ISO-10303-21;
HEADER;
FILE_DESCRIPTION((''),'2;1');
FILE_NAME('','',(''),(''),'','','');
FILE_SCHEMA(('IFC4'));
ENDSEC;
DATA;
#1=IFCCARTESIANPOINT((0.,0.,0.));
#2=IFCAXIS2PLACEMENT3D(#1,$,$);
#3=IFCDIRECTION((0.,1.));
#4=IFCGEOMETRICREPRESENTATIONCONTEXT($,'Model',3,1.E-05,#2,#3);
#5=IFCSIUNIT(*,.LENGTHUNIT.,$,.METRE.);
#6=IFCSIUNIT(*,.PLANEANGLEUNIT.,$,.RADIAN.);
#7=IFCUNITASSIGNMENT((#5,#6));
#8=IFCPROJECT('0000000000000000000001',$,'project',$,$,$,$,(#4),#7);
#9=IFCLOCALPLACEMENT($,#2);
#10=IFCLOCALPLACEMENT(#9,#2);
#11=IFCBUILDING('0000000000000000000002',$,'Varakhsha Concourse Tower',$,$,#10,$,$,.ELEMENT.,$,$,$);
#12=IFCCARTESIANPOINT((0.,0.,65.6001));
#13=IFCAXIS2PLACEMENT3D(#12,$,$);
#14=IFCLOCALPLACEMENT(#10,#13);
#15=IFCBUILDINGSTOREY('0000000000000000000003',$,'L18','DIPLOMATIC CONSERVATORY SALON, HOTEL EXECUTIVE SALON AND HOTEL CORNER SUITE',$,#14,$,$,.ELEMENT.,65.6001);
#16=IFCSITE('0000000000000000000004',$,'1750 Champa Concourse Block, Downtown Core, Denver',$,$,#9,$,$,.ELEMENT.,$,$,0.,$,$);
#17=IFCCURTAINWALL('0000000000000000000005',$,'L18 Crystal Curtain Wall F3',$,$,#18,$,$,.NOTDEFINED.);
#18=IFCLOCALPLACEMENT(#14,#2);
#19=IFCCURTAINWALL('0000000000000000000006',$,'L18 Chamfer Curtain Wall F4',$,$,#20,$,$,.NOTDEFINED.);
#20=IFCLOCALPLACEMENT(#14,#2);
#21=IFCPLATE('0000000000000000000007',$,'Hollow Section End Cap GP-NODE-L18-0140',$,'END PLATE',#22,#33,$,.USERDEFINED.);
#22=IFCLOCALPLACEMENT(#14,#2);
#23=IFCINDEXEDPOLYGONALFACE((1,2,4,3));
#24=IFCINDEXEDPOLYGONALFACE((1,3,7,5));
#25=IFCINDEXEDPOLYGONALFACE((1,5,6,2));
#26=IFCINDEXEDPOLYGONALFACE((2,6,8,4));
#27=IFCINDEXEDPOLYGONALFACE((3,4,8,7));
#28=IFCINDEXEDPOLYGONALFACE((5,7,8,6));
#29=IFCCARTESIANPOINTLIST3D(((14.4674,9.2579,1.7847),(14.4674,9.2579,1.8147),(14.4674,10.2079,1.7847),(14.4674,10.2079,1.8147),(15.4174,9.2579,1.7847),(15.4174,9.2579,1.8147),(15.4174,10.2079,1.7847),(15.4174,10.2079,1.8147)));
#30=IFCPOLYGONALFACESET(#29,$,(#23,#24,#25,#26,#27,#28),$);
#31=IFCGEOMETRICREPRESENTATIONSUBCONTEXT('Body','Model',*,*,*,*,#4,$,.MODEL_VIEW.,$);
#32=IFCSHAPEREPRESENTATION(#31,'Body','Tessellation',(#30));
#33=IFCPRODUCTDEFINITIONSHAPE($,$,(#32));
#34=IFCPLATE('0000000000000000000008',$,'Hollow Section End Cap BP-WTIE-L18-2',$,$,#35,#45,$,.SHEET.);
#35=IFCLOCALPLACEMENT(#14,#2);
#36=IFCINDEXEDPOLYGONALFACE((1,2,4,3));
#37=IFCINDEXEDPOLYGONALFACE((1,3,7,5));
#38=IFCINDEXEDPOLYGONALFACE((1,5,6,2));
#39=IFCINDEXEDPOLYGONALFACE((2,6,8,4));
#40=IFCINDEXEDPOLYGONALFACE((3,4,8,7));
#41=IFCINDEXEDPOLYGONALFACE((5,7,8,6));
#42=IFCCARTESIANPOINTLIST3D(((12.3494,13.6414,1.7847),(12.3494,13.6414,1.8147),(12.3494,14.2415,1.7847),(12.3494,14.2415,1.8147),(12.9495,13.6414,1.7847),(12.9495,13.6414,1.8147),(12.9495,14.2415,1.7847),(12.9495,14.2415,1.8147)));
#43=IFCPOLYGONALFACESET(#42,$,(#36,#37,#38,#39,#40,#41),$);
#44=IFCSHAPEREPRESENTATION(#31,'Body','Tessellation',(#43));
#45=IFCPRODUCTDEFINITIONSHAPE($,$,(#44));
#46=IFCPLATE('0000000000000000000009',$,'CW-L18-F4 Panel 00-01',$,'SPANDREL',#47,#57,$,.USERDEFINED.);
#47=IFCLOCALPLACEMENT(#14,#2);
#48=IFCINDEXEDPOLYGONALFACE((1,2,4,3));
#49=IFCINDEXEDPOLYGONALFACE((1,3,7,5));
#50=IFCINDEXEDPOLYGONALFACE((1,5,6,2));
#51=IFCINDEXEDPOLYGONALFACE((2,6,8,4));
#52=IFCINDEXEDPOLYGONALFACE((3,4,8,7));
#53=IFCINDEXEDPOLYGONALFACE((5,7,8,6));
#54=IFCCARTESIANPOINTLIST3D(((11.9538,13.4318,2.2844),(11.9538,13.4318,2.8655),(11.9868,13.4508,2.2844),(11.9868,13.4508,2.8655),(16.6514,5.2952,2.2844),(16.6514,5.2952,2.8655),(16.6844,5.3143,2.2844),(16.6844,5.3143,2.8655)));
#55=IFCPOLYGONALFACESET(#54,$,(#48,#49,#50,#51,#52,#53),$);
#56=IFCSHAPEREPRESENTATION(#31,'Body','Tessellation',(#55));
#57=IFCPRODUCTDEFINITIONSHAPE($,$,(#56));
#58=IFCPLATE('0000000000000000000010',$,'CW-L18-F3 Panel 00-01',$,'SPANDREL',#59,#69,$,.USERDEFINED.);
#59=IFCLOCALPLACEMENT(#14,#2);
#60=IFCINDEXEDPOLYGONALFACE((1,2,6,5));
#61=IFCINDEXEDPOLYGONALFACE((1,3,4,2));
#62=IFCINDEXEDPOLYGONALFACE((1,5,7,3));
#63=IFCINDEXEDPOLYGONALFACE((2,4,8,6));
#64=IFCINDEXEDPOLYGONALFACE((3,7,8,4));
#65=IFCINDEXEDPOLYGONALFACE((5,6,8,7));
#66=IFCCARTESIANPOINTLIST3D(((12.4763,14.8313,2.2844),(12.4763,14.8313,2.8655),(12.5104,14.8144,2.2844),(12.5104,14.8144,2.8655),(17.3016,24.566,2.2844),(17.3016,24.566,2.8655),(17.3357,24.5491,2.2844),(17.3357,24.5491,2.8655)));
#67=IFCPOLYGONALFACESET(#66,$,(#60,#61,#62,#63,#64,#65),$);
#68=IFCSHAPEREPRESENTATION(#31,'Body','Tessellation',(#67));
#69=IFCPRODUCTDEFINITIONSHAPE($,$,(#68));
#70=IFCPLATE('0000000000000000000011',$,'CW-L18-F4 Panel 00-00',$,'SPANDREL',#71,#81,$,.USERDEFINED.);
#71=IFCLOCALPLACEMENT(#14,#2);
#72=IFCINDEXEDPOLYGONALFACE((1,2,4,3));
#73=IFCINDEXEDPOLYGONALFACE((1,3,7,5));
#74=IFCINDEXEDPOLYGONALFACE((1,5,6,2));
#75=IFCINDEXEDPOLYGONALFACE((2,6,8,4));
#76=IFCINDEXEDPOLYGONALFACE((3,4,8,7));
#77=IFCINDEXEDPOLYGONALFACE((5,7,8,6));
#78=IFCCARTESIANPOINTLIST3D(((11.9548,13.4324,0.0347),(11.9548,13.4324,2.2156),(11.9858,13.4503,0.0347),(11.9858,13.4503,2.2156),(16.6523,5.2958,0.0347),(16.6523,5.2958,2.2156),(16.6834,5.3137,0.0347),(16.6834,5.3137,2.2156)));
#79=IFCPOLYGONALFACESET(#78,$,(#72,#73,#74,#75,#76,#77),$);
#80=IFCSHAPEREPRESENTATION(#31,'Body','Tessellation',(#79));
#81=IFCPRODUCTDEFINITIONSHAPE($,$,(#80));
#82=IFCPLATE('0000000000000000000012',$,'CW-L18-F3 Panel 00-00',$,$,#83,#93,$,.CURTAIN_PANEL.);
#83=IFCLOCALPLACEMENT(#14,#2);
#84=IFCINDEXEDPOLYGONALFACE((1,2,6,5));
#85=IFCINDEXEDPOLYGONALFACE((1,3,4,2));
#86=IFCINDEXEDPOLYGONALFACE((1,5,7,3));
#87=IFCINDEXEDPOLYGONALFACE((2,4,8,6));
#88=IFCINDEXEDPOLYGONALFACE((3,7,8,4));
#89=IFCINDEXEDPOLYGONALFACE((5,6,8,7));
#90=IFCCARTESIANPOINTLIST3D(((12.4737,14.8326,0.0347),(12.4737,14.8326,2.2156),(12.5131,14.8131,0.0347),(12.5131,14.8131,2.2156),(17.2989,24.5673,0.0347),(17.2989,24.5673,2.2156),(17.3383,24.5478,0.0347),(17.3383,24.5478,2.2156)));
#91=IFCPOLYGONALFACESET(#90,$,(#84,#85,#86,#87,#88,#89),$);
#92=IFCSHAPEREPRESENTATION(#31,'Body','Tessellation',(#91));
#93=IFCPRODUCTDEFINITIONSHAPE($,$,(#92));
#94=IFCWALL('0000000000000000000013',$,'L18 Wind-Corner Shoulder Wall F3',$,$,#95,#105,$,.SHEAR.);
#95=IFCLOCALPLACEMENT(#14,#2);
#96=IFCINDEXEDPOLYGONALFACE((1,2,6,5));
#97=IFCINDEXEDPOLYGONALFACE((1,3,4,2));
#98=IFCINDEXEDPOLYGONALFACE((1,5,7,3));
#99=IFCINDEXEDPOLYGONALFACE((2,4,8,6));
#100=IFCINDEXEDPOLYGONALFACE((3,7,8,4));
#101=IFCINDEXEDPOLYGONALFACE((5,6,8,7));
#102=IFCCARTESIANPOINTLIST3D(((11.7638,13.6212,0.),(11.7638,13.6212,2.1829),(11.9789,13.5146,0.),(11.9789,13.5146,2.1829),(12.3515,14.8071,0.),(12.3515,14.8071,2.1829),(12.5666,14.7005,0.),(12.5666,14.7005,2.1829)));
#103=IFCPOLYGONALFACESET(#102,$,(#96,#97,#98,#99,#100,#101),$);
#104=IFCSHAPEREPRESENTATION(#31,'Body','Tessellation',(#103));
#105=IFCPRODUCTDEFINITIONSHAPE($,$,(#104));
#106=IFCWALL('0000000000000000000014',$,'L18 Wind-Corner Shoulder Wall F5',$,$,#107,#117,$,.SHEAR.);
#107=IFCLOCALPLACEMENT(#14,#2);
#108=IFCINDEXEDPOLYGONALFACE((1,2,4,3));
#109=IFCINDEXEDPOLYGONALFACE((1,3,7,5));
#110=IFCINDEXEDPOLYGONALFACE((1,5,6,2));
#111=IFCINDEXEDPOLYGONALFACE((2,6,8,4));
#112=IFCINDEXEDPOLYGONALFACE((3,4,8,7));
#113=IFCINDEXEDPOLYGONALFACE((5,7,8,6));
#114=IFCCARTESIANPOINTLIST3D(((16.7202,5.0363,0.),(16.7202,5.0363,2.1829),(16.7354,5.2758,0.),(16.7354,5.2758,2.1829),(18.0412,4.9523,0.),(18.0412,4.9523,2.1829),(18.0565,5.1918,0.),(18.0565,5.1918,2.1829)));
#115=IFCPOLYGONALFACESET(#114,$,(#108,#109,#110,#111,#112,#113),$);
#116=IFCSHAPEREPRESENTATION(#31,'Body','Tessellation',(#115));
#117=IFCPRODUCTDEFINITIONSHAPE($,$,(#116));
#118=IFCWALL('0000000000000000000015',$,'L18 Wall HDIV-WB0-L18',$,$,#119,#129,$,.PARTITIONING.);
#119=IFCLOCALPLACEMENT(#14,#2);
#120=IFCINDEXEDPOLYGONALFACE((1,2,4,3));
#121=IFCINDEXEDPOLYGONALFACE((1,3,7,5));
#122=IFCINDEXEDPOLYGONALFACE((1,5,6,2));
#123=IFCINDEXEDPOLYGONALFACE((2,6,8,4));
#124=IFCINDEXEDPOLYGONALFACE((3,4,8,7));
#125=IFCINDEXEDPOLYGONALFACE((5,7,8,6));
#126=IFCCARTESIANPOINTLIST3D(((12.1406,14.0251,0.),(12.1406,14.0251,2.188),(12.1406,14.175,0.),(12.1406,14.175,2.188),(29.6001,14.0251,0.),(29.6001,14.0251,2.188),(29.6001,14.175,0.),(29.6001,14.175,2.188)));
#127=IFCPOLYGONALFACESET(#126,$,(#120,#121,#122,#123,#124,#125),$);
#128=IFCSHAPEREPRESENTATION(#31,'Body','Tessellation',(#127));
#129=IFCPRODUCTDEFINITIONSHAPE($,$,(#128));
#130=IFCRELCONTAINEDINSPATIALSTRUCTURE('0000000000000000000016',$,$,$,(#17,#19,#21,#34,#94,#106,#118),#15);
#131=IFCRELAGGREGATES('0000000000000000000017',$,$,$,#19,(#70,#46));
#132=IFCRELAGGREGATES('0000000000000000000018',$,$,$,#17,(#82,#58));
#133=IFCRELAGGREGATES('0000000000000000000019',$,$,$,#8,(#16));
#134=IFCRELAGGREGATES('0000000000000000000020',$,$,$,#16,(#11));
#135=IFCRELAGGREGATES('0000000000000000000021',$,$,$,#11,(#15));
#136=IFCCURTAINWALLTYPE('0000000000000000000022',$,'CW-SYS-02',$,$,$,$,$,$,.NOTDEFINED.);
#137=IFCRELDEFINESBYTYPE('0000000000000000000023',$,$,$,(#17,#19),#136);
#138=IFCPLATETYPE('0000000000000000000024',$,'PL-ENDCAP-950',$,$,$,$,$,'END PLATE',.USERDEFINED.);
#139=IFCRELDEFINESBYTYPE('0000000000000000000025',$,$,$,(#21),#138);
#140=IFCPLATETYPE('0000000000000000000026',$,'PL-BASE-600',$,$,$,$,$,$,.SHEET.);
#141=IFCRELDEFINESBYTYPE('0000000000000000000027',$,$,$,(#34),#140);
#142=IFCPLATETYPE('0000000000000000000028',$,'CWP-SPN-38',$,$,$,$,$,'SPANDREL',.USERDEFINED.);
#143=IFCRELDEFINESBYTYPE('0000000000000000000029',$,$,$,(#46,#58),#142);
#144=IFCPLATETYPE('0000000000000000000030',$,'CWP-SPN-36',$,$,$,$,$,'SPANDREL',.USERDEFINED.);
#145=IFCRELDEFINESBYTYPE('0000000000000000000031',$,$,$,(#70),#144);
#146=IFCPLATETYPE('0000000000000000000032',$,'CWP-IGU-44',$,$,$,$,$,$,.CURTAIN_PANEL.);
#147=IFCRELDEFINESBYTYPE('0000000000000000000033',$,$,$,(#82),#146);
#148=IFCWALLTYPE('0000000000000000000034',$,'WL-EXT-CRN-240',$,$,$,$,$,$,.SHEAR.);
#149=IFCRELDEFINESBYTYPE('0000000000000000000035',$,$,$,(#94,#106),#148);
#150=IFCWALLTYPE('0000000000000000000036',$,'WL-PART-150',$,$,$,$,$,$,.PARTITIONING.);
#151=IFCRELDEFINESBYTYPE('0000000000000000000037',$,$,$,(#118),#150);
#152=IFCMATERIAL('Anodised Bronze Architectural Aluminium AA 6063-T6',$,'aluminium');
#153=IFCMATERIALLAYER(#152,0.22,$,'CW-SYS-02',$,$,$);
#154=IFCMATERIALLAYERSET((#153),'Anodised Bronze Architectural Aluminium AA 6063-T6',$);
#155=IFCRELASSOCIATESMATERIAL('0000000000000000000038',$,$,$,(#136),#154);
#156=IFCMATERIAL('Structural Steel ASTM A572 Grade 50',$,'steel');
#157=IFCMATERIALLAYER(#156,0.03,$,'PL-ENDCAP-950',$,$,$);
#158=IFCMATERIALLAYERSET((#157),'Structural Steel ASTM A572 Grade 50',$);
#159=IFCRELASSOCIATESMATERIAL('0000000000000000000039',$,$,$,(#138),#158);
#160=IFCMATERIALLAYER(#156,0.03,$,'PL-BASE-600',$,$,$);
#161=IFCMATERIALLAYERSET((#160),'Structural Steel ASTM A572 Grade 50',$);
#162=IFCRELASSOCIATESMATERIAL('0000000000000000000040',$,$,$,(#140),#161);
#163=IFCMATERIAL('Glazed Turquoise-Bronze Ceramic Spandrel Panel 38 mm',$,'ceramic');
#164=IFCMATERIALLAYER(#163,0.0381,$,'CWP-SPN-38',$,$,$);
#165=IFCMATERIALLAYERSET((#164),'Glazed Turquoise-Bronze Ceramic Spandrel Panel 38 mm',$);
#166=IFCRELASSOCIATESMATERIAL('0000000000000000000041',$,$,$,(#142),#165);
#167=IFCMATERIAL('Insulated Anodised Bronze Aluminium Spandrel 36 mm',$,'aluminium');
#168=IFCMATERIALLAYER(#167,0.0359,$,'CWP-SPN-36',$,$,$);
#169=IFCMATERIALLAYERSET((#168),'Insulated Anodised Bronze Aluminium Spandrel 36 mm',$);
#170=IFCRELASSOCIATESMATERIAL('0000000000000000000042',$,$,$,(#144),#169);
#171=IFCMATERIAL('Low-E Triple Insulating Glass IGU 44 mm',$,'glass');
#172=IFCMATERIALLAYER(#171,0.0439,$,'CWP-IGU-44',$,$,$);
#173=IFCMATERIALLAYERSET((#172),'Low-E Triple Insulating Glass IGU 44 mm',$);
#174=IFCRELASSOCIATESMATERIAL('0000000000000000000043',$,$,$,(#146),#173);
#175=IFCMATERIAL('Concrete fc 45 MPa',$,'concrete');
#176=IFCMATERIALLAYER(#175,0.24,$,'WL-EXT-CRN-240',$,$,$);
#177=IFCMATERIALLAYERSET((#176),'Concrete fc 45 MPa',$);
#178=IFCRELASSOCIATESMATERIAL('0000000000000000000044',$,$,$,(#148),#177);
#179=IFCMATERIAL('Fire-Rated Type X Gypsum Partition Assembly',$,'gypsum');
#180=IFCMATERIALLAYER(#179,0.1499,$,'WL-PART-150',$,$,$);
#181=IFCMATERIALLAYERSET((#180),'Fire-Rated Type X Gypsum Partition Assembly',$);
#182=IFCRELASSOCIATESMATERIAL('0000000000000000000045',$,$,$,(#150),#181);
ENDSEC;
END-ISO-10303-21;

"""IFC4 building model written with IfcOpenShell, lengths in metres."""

from ifc_helpers import new_model, si_unit, direction, frame, frame_2d, origin, origin_2d, place, context, subcontext, project, spatial, rectangle, extrude, source, transform, mapped, material, layer, layer_set, type_object, type_shapes, element, aggregate, save


model = new_model("IFC4")

# Units and contexts
model_context = context("Model", 3, precision=1e-05, world=origin(), true_north=direction((0.0, 1.0)))
body_context = subcontext(model_context, "Body", "Model", "MODEL_VIEW")
ifc_project = project(units=[si_unit("LENGTHUNIT", "METRE"), si_unit("PLANEANGLEUNIT", "RADIAN")], contexts=[model_context])

# Site, building, storey
site_placement = place(None, origin())
site = spatial("IfcSite", under=ifc_project, at=site_placement, Name="1750 Champa Concourse Block, Downtown Core, Denver", CompositionType="ELEMENT", RefElevation=0.0)
building_placement = place(site_placement, origin())
building = spatial("IfcBuilding", under=site, at=building_placement, Name="Varakhsha Concourse Tower", CompositionType="ELEMENT")
storey_placement = place(building_placement, frame((0.0, 0.0, 65.6001)))
storey = spatial("IfcBuildingStorey", under=building, at=storey_placement, Name="L18", Description="DIPLOMATIC CONSERVATORY SALON, HOTEL EXECUTIVE SALON AND HOTEL CORNER SUITE", CompositionType="ELEMENT", Elevation=65.6001)

# Shared definitions
ifc_material_1 = material(Name="Structural Steel ASTM A572 Grade 50", Category="steel")

# Curtain walls
ifc_material_2 = material(Name="Anodised Bronze Architectural Aluminium AA 6063-T6", Category="aluminium")
ifc_layer_1 = layer(ifc_material_2, 0.22, Name="CW-SYS-02")
ifc_layer_set_1 = layer_set([ifc_layer_1], Name="Anodised Bronze Architectural Aluminium AA 6063-T6")
curtain_wall_type = type_object("IfcCurtainWallType", Name="CW-SYS-02", PredefinedType="NOTDEFINED", material=ifc_layer_set_1)
curtain_wall_1_placement = place(storey_placement, origin())
curtain_wall_1 = element("IfcCurtainWall", 1, at=curtain_wall_1_placement, inside=storey, type_object=curtain_wall_type, Name="L18 Crystal Curtain Wall F3", PredefinedType="NOTDEFINED")
curtain_wall_2_placement = place(storey_placement, origin())
curtain_wall_2 = element("IfcCurtainWall", 2, at=curtain_wall_2_placement, inside=storey, type_object=curtain_wall_type, Name="L18 Chamfer Curtain Wall F4", PredefinedType="NOTDEFINED")

# Shared definitions
ifc_material_3 = material(Name="Concrete fc 45 MPa", Category="concrete")

# Plates
ifc_layer_2 = layer(ifc_material_1, 0.03, Name="PL-ENDCAP-950")
ifc_layer_set_2 = layer_set([ifc_layer_2], Name="Structural Steel ASTM A572 Grade 50")
plate_type_1 = type_object("IfcPlateType", Name="PL-ENDCAP-950", ElementType="END PLATE", PredefinedType="USERDEFINED", material=ifc_layer_set_2)
shared_shape_1 = source(origin(), body_context, "Body", "SweptSolid", [
    extrude(rectangle(XDim=0.95, YDim=0.95, at=origin_2d()), origin(), (0.0, 0.0, 1.0), 0.03),
])
type_shapes(plate_type_1, [shared_shape_1])
for number, where, z_axis, x_axis, name in (
    (3, (14.9424, 9.7329, 1.7847), (0.0, 0.0, 1.0), (1.0, 0.0, 0.0), "Hollow Section End Cap GP-NODE-L18-0140"),
):
    element("IfcPlate", number, at=place(storey_placement, frame(where, z_axis=z_axis, x_axis=x_axis)), inside=storey, type_object=plate_type_1, Name=name, ObjectType="END PLATE", PredefinedType="USERDEFINED", context=body_context, shape_type="MappedRepresentation", body=[
        mapped(shared_shape_1, transform((0.0, 0.0, 0.0), scale=1.0)),
    ])
ifc_layer_3 = layer(ifc_material_1, 0.03, Name="PL-BASE-600")
ifc_layer_set_3 = layer_set([ifc_layer_3], Name="Structural Steel ASTM A572 Grade 50")
plate_type_2 = type_object("IfcPlateType", Name="PL-BASE-600", PredefinedType="SHEET", material=ifc_layer_set_3)
shared_shape_2 = source(origin(), body_context, "Body", "SweptSolid", [
    extrude(rectangle(XDim=0.6001, YDim=0.6001, at=origin_2d()), origin(), (0.0, 0.0, 1.0), 0.03),
])
type_shapes(plate_type_2, [shared_shape_2])
plate_1_placement = place(storey_placement, frame((12.6494, 13.9414, 1.7847), z_axis=(0.0, 0.0, 1.0), x_axis=(1.0, 0.0, 0.0)))
element("IfcPlate", 4, at=plate_1_placement, inside=storey, type_object=plate_type_2, Name="Hollow Section End Cap BP-WTIE-L18-2", PredefinedType="SHEET", context=body_context, shape_type="MappedRepresentation", body=[
    mapped(shared_shape_2, transform((0.0, 0.0, 0.0), scale=1.0)),
])

# Plates
ifc_material_4 = material(Name="Glazed Turquoise-Bronze Ceramic Spandrel Panel 38 mm", Category="ceramic")
ifc_layer_4 = layer(ifc_material_4, 0.0381, Name="CWP-SPN-38")
ifc_layer_set_4 = layer_set([ifc_layer_4], Name="Glazed Turquoise-Bronze Ceramic Spandrel Panel 38 mm")
plate_type_3 = type_object("IfcPlateType", Name="CWP-SPN-38", ElementType="SPANDREL", PredefinedType="USERDEFINED", material=ifc_layer_set_4)
shared_shape_3 = source(origin(), body_context, "Body", "SweptSolid", [
    extrude(rectangle(XDim=9.3953, YDim=0.0381, at=origin_2d()), origin(), (0.0, 0.0, 1.0), 0.5811),
])
plate_2_placement = place(storey_placement, frame((14.3191, 9.373, 2.2844), z_axis=(0.0, 0.0, 1.0), x_axis=(-0.499995, 0.866028, 0.0)))
plate_2 = element("IfcPlate", 5, at=plate_2_placement, type_object=plate_type_3, Name="CW-L18-F4 Panel 00-01", ObjectType="SPANDREL", PredefinedType="USERDEFINED", context=body_context, shape_type="MappedRepresentation", body=[
    mapped(shared_shape_3, transform((0.0, 0.0, 0.0), scale=1.0)),
])
shared_shape_4 = source(origin(), body_context, "Body", "SweptSolid", [
    extrude(rectangle(XDim=10.865, YDim=0.0381, at=origin_2d()), origin(), (0.0, 0.0, 1.0), 0.5811),
])
type_shapes(plate_type_3, [shared_shape_3, shared_shape_4])
plate_3_placement = place(storey_placement, frame((14.906, 19.6902, 2.2844), z_axis=(0.0, 0.0, 1.0), x_axis=(0.44411, 0.895972, 0.0)))
plate_3 = element("IfcPlate", 6, at=plate_3_placement, type_object=plate_type_3, Name="CW-L18-F3 Panel 00-01", ObjectType="SPANDREL", PredefinedType="USERDEFINED", context=body_context, shape_type="MappedRepresentation", body=[
    mapped(shared_shape_4, transform((0.0, 0.0, 0.0), scale=1.0)),
])
ifc_material_5 = material(Name="Insulated Anodised Bronze Aluminium Spandrel 36 mm", Category="aluminium")
ifc_layer_5 = layer(ifc_material_5, 0.0359, Name="CWP-SPN-36")
ifc_layer_set_5 = layer_set([ifc_layer_5], Name="Insulated Anodised Bronze Aluminium Spandrel 36 mm")
plate_type_4 = type_object("IfcPlateType", Name="CWP-SPN-36", ElementType="SPANDREL", PredefinedType="USERDEFINED", material=ifc_layer_set_5)
shared_shape_5 = source(origin(), body_context, "Body", "SweptSolid", [
    extrude(rectangle(XDim=9.3953, YDim=0.0359, at=origin_2d()), origin(), (0.0, 0.0, 1.0), 2.1809),
])
type_shapes(plate_type_4, [shared_shape_5])
plate_4_placement = place(storey_placement, frame((14.3191, 9.373, 0.0347), z_axis=(0.0, 0.0, 1.0), x_axis=(-0.499995, 0.866028, 0.0)))
plate_4 = element("IfcPlate", 7, at=plate_4_placement, type_object=plate_type_4, Name="CW-L18-F4 Panel 00-00", ObjectType="SPANDREL", PredefinedType="USERDEFINED", context=body_context, shape_type="MappedRepresentation", body=[
    mapped(shared_shape_5, transform((0.0, 0.0, 0.0), scale=1.0)),
])
aggregate(curtain_wall_2, [plate_4, plate_2])
ifc_material_6 = material(Name="Low-E Triple Insulating Glass IGU 44 mm", Category="glass")
ifc_layer_6 = layer(ifc_material_6, 0.0439, Name="CWP-IGU-44")
ifc_layer_set_6 = layer_set([ifc_layer_6], Name="Low-E Triple Insulating Glass IGU 44 mm")
plate_type_5 = type_object("IfcPlateType", Name="CWP-IGU-44", PredefinedType="CURTAIN_PANEL", material=ifc_layer_set_6)
shared_shape_6 = source(origin(), body_context, "Body", "SweptSolid", [
    extrude(rectangle(XDim=10.865, YDim=0.0439, at=origin_2d()), origin(), (0.0, 0.0, 1.0), 2.1809),
])
type_shapes(plate_type_5, [shared_shape_6])
plate_5_placement = place(storey_placement, frame((14.906, 19.6902, 0.0347), z_axis=(0.0, 0.0, 1.0), x_axis=(0.44411, 0.895972, 0.0)))
plate_5 = element("IfcPlate", 8, at=plate_5_placement, type_object=plate_type_5, Name="CW-L18-F3 Panel 00-00", PredefinedType="CURTAIN_PANEL", context=body_context, shape_type="MappedRepresentation", body=[
    mapped(shared_shape_6, transform((0.0, 0.0, 0.0), scale=1.0)),
])
aggregate(curtain_wall_1, [plate_5, plate_3])

# Walls
ifc_layer_7 = layer(ifc_material_3, 0.24, Name="WL-EXT-CRN-240")
ifc_layer_set_7 = layer_set([ifc_layer_7], Name="Concrete fc 45 MPa")
wall_type_1 = type_object("IfcWallType", Name="WL-EXT-CRN-240", PredefinedType="SHEAR", material=ifc_layer_set_7)
wall_1_placement = place(storey_placement, frame((12.459, 14.7537, 0.0), z_axis=(0.0, 0.0, 1.0), x_axis=(-0.444038, -0.896008, 0.0)))
element("IfcWall", 9, at=wall_1_placement, inside=storey, type_object=wall_type_1, Name="L18 Wind-Corner Shoulder Wall F3", PredefinedType="SHEAR", context=body_context, shape_type="SweptSolid", body=[
    extrude(rectangle(XDim=1.3235, YDim=0.24, at=frame_2d((0.6616, 0.0))), origin(), (0.0, 0.0, 1.0), 2.1829),
])
wall_2_placement = place(storey_placement, frame((16.7278, 5.156, 0.0), z_axis=(0.0, 0.0, 1.0), x_axis=(0.997985, -0.063446, 0.0)))
element("IfcWall", 10, at=wall_2_placement, inside=storey, type_object=wall_type_1, Name="L18 Wind-Corner Shoulder Wall F5", PredefinedType="SHEAR", context=body_context, shape_type="SweptSolid", body=[
    extrude(rectangle(XDim=1.3237, YDim=0.24, at=frame_2d((0.6619, 0.0))), origin(), (0.0, 0.0, 1.0), 2.1829),
])
ifc_material_7 = material(Name="Fire-Rated Type X Gypsum Partition Assembly", Category="gypsum")
ifc_layer_8 = layer(ifc_material_7, 0.1499, Name="WL-PART-150")
ifc_layer_set_8 = layer_set([ifc_layer_8], Name="Fire-Rated Type X Gypsum Partition Assembly")
wall_type_2 = type_object("IfcWallType", Name="WL-PART-150", PredefinedType="PARTITIONING", material=ifc_layer_set_8)
wall_3_placement = place(storey_placement, frame((12.1406, 14.1001, 0.0), z_axis=(0.0, 0.0, 1.0), x_axis=(1.0, 0.0, 0.0)))
element("IfcWall", 11, at=wall_3_placement, inside=storey, type_object=wall_type_2, Name="L18 Wall HDIV-WB0-L18", PredefinedType="PARTITIONING", context=body_context, shape_type="SweptSolid", body=[
    extrude(rectangle(XDim=17.4595, YDim=0.1499, at=frame_2d((8.7297, 0.0))), origin(), (0.0, 0.0, 1.0), 2.188),
])

save(model, "model.ifc")
